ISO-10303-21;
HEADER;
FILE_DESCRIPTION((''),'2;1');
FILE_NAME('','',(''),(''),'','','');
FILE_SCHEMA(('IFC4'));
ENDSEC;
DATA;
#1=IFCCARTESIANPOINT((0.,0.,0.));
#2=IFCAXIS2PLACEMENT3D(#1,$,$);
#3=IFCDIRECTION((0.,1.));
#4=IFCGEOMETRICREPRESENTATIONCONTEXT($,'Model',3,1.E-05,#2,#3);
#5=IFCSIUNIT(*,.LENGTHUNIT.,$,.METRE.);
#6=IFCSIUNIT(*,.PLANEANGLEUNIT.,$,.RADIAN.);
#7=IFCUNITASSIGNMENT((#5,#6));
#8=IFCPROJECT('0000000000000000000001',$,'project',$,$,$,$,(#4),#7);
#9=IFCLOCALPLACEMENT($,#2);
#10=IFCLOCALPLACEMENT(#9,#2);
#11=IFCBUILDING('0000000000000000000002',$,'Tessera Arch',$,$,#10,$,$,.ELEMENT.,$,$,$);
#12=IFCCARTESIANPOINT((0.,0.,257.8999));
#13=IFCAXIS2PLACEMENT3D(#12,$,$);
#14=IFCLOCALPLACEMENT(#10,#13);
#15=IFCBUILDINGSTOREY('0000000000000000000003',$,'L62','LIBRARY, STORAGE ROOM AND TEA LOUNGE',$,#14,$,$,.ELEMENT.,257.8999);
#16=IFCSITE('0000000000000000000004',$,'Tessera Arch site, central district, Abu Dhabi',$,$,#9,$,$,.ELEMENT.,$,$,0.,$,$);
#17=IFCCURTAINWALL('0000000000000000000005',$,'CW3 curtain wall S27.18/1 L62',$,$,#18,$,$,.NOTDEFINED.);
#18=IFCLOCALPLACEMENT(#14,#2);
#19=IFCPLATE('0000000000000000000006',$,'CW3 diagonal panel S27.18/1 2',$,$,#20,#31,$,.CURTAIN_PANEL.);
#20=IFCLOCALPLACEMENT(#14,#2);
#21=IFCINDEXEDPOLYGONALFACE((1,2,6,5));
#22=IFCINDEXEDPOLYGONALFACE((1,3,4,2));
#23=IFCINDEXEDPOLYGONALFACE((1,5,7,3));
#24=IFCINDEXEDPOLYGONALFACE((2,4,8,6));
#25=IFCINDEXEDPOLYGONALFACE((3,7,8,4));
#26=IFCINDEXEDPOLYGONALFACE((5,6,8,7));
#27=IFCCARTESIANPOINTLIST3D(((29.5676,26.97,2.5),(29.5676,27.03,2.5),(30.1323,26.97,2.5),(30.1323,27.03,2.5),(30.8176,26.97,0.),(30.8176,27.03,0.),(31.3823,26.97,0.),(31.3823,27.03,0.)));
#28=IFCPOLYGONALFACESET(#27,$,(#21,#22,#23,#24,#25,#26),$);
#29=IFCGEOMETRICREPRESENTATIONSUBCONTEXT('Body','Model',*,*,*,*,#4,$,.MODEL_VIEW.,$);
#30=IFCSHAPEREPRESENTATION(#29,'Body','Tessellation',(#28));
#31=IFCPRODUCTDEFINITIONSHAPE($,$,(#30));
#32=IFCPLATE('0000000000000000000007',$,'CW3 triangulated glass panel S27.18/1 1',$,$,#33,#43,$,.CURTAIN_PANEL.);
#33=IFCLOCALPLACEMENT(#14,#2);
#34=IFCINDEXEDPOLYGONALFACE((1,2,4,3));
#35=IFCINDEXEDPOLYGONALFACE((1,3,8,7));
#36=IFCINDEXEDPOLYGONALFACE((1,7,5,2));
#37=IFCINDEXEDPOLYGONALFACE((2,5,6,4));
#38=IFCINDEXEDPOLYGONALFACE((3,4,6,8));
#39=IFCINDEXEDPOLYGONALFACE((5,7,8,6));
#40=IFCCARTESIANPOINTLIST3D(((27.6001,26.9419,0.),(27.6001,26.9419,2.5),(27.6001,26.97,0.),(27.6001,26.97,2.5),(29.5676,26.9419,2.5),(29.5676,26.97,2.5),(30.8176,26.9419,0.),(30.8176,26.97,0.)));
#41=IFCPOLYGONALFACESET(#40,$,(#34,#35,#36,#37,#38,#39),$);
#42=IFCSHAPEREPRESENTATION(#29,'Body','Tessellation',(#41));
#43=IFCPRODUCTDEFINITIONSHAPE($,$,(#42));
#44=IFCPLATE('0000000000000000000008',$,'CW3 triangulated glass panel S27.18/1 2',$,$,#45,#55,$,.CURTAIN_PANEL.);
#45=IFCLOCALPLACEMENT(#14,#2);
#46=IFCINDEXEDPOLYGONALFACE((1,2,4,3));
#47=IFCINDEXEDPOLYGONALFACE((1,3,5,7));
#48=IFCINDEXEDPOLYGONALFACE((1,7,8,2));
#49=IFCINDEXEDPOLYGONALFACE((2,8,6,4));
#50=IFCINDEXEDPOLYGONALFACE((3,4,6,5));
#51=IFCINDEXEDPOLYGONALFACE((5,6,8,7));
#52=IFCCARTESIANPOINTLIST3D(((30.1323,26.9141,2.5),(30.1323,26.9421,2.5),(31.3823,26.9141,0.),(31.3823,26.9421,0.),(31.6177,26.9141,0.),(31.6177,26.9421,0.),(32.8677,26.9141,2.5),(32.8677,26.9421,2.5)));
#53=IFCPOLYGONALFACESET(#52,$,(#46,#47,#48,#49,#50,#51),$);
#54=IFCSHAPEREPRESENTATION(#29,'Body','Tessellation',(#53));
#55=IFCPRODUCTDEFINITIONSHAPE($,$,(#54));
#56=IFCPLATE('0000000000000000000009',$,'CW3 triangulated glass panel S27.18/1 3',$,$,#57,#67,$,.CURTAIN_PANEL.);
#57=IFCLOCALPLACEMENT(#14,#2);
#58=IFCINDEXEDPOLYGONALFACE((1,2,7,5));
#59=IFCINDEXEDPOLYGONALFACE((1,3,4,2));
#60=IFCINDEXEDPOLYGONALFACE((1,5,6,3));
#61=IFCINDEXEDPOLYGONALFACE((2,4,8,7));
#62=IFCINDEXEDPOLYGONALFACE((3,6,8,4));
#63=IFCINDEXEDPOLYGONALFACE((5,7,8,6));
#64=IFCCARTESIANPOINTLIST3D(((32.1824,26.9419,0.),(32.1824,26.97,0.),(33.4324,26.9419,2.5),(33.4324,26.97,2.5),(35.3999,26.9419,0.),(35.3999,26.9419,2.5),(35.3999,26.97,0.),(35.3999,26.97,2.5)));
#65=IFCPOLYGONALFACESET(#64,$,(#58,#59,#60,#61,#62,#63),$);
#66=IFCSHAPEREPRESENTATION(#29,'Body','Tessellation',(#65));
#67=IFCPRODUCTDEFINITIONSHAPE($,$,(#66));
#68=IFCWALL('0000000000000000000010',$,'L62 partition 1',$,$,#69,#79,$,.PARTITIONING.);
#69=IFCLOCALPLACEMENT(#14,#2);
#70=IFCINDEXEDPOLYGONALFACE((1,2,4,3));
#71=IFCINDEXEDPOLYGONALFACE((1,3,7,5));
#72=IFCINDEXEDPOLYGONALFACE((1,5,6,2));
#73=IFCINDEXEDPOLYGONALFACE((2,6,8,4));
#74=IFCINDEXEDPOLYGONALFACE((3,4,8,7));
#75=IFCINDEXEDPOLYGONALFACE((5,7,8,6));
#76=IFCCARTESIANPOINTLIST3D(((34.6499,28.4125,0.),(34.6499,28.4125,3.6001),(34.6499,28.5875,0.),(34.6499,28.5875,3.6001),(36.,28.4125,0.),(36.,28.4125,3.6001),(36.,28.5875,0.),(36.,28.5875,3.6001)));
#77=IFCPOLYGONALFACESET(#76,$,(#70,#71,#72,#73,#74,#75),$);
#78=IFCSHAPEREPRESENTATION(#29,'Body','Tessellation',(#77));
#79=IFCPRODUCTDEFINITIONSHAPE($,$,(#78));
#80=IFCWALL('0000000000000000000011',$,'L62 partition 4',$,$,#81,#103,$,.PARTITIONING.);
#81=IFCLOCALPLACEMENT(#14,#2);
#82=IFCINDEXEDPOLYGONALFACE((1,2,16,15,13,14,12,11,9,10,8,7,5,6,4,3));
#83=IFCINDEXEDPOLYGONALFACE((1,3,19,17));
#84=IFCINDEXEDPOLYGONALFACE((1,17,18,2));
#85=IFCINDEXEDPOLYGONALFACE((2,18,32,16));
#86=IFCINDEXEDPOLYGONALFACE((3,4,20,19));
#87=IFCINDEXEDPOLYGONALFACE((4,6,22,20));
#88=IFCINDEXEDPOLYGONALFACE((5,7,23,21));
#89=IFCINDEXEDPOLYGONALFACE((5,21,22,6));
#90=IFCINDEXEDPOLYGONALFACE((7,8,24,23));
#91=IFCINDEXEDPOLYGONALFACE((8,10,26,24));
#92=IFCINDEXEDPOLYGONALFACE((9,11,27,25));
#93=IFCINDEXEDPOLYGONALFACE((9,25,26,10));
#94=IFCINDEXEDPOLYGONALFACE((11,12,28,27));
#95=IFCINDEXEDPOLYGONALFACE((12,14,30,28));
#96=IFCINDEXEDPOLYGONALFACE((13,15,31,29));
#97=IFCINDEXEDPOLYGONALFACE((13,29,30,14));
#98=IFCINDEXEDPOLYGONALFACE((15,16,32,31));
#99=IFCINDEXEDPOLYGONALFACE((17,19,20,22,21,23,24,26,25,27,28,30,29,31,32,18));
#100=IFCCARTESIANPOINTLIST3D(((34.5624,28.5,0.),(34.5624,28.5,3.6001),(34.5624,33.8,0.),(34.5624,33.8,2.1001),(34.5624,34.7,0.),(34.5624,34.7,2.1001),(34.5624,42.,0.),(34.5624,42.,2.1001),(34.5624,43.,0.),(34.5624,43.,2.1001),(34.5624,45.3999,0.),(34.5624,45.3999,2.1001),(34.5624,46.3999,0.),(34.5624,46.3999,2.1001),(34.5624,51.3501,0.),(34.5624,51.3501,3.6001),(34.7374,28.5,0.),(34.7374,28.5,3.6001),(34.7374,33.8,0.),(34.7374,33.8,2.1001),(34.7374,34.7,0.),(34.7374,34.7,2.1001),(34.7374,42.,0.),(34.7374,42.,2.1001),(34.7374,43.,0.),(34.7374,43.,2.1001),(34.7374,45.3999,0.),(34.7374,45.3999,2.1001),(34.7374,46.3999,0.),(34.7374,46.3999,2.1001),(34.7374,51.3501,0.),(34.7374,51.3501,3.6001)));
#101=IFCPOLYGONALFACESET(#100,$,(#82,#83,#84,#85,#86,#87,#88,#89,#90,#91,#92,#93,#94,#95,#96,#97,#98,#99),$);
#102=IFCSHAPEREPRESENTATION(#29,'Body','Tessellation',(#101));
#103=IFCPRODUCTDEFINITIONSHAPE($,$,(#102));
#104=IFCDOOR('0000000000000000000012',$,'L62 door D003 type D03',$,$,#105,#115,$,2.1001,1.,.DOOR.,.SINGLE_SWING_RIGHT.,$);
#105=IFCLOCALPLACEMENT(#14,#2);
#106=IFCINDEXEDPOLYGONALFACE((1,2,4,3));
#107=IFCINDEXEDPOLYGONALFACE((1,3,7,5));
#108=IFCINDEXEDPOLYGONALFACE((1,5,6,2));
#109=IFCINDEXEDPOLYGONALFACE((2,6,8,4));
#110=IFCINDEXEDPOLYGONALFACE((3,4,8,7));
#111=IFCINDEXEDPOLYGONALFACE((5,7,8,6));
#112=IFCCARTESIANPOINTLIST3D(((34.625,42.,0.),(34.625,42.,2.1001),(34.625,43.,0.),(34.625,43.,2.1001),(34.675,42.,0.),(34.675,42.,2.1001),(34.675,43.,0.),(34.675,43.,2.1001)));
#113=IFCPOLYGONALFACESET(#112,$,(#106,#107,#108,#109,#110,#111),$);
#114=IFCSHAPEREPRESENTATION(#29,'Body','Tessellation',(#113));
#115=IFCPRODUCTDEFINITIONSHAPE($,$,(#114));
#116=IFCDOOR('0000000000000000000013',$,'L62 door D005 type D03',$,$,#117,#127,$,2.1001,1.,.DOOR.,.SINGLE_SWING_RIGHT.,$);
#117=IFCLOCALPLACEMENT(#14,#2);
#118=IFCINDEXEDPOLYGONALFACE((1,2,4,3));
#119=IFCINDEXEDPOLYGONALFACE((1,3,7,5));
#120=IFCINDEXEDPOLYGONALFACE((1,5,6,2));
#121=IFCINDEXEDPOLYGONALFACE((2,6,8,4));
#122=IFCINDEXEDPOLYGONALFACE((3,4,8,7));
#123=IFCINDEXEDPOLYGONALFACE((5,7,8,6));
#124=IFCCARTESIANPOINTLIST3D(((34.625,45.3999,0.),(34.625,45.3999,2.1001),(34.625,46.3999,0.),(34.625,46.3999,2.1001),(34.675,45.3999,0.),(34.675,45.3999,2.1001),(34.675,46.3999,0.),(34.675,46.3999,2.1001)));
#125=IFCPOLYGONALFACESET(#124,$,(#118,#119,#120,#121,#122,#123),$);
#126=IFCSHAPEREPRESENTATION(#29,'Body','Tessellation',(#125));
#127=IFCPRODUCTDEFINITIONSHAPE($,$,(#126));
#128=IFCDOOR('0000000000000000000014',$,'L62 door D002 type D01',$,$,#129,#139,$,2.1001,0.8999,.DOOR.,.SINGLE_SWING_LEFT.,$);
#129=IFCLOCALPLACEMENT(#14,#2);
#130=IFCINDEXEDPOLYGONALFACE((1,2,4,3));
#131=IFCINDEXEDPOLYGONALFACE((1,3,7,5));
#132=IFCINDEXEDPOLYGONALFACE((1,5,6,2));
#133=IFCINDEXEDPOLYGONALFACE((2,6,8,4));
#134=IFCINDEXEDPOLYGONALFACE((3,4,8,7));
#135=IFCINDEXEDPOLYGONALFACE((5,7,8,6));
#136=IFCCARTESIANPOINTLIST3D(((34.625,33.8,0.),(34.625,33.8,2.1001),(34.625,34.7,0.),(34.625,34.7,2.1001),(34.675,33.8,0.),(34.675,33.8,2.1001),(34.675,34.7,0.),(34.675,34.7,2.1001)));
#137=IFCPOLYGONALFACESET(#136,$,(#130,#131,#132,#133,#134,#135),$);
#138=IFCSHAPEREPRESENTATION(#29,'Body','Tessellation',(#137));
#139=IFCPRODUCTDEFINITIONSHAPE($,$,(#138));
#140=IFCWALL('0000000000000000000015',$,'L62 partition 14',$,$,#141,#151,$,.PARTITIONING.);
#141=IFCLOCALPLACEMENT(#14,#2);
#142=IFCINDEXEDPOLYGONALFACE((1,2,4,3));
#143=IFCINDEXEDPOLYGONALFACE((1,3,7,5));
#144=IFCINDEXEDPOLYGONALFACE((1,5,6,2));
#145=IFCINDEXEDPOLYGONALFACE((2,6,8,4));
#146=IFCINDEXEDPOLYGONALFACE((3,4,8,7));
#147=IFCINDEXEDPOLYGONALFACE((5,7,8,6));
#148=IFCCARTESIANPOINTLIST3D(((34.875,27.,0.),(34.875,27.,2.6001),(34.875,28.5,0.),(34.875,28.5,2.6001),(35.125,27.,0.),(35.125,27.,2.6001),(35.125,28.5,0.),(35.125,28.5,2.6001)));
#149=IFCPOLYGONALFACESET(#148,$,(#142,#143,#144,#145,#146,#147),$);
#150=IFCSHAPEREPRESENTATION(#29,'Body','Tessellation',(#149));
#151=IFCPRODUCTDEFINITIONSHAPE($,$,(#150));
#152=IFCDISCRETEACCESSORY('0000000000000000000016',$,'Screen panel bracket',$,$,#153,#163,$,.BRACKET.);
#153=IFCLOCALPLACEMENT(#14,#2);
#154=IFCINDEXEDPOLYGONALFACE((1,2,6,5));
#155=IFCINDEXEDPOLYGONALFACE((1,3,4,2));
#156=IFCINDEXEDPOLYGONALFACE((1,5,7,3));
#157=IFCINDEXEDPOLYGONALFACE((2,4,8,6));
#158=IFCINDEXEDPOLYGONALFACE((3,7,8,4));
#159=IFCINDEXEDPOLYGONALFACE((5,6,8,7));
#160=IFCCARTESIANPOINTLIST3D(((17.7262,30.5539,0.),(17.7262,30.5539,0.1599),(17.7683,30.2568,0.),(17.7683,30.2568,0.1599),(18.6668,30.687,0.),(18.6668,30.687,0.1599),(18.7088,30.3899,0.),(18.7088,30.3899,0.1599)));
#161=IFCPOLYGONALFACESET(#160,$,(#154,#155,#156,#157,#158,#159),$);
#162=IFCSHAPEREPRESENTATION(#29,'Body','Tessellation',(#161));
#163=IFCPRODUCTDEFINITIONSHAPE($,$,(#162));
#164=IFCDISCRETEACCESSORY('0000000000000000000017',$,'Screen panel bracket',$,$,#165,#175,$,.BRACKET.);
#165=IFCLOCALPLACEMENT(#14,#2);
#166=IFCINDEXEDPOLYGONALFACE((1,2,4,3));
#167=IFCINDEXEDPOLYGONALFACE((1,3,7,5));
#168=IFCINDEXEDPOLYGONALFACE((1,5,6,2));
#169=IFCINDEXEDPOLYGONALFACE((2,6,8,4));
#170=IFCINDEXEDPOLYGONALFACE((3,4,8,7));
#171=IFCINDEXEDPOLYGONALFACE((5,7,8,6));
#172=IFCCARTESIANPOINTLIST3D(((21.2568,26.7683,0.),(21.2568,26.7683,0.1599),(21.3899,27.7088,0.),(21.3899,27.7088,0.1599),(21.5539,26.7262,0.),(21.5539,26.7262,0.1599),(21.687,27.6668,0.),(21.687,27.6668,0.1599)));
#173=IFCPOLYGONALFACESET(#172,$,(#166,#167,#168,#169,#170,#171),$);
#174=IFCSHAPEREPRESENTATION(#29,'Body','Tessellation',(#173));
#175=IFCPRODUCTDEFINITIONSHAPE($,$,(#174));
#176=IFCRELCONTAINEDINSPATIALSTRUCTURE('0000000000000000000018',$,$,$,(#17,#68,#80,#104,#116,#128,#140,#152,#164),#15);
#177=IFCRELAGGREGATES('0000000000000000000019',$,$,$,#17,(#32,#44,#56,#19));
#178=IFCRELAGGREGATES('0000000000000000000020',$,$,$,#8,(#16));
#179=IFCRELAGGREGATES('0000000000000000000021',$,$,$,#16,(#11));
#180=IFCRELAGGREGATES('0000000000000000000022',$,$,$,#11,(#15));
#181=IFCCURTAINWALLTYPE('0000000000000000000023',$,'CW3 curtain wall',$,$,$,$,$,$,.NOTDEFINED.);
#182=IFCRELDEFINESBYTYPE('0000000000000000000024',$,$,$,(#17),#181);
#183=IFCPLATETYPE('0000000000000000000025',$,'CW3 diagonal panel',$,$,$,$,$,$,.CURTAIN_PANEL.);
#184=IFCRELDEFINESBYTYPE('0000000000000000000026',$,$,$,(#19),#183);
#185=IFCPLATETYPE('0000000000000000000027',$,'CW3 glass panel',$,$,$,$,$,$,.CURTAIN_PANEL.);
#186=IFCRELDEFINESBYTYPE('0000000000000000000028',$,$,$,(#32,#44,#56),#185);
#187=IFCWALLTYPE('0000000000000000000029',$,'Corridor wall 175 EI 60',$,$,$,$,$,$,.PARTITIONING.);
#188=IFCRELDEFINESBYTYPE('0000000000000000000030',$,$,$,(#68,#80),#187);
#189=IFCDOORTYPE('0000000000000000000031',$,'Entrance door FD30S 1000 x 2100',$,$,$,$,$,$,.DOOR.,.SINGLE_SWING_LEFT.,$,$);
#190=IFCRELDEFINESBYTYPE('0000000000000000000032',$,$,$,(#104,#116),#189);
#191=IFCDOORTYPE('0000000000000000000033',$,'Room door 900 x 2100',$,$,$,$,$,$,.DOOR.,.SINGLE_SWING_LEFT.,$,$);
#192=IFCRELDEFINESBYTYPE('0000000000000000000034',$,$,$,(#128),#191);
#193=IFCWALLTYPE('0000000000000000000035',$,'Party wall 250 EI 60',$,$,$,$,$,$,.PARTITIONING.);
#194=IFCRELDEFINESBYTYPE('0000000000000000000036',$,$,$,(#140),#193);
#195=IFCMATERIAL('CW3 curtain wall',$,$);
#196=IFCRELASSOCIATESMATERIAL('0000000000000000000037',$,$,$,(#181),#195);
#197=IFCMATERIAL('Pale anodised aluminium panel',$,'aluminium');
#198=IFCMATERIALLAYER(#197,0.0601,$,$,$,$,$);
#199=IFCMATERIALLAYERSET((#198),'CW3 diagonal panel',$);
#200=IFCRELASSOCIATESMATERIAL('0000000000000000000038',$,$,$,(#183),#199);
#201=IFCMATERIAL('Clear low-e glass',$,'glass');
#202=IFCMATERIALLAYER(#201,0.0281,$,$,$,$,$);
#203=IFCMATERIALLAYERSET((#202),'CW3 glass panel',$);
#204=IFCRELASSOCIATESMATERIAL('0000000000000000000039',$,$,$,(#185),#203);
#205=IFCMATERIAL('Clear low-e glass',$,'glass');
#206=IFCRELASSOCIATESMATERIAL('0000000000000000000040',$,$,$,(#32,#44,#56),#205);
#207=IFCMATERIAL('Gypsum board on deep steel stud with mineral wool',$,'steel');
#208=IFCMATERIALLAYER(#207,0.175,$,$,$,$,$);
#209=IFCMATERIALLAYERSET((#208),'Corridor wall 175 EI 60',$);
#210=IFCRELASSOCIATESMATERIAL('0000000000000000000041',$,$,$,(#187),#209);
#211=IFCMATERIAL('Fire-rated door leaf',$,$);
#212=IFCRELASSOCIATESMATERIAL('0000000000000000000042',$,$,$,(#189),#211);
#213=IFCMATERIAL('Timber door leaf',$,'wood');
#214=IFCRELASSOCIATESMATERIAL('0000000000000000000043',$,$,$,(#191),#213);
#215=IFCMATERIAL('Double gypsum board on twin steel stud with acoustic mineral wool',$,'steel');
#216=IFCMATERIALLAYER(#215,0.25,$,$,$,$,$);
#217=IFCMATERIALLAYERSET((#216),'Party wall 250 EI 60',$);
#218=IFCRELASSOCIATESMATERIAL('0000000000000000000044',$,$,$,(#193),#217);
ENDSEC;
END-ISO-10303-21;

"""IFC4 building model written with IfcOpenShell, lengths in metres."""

from ifc_helpers import new_model, si_unit, direction, frame, frame_2d, origin, origin_2d, place, context, subcontext, project, spatial, polyline, rectangle, outline, extrude, material, layer, layer_set, type_object, element, fill, aggregate, save


model = new_model("IFC4")

# Units and contexts
model_context = context("Model", 3, precision=1e-05, world=origin(), true_north=direction((0.0, 1.0)))
body_context = subcontext(model_context, "Body", "Model", "MODEL_VIEW")
ifc_project = project(units=[si_unit("LENGTHUNIT", "METRE"), si_unit("PLANEANGLEUNIT", "RADIAN")], contexts=[model_context])

# Site, building, storey
site_placement = place(None, origin())
site = spatial("IfcSite", under=ifc_project, at=site_placement, Name="Tessera Arch site, central district, Abu Dhabi", CompositionType="ELEMENT", RefElevation=0.0)
building_placement = place(site_placement, origin())
building = spatial("IfcBuilding", under=site, at=building_placement, Name="Tessera Arch", CompositionType="ELEMENT")
storey_placement = place(building_placement, frame((0.0, 0.0, 257.8999)))
storey = spatial("IfcBuildingStorey", under=building, at=storey_placement, Name="L62", Description="LIBRARY, STORAGE ROOM AND TEA LOUNGE", CompositionType="ELEMENT", Elevation=257.8999)

# Curtain wall
ifc_material_1 = material(Name="CW3 curtain wall")
curtain_wall_type_1 = type_object("IfcCurtainWallType", Name="CW3 curtain wall", PredefinedType="NOTDEFINED", material=ifc_material_1)
curtain_wall_1_placement = place(storey_placement, origin())
curtain_wall_1 = element("IfcCurtainWall", 1, at=curtain_wall_1_placement, inside=storey, type_object=curtain_wall_type_1, Name="CW3 curtain wall S27.18/1 L62", PredefinedType="NOTDEFINED")

# Plates
ifc_material_2 = material(Name="Clear low-e glass", Category="glass")
ifc_material_3 = material(Name="Pale anodised aluminium panel", Category="aluminium")
ifc_layer_1 = layer(ifc_material_3, 0.0601)
ifc_layer_set_1 = layer_set([ifc_layer_1], Name="CW3 diagonal panel")
plate_type_1 = type_object("IfcPlateType", Name="CW3 diagonal panel", PredefinedType="CURTAIN_PANEL", material=ifc_layer_set_1)
plate_1_placement = place(storey_placement, frame((30.1323, 26.97, 2.5), z_axis=(0.0, -1.0, 0.0), x_axis=(-1.0, 0.0, 0.0)))
plate_1 = element("IfcPlate", 2, at=plate_1_placement, type_object=plate_type_1, Name="CW3 diagonal panel S27.18/1 2", PredefinedType="CURTAIN_PANEL", context=body_context, shape_type="SweptSolid", body=[
    extrude(outline(polyline([(0.0, 0.0), (0.5647, 0.0), (-0.6853, 2.5), (-1.25, 2.5), (0.0, 0.0)])), origin(), (0.0, 0.0, -1.0), 0.0601),
])
ifc_material_4 = material(Name="Clear low-e glass", Category="glass")
ifc_layer_2 = layer(ifc_material_4, 0.0281)
ifc_layer_set_2 = layer_set([ifc_layer_2], Name="CW3 glass panel")
plate_type_2 = type_object("IfcPlateType", Name="CW3 glass panel", PredefinedType="CURTAIN_PANEL", material=ifc_layer_set_2)
plate_2_placement = place(storey_placement, frame((27.6001, 26.9419, 0.0), z_axis=(0.0, -1.0, 0.0), x_axis=(1.0, 0.0, 0.0)))
plate_2 = element("IfcPlate", 3, at=plate_2_placement, type_object=plate_type_2, material=ifc_material_2, Name="CW3 triangulated glass panel S27.18/1 1", PredefinedType="CURTAIN_PANEL", context=body_context, shape_type="SweptSolid", body=[
    extrude(outline(polyline([(0.0, 0.0), (3.2175, 0.0), (1.9675, 2.5), (0.0, 2.5), (0.0, 0.0)])), origin(), (0.0, 0.0, -1.0), 0.0281),
])
plate_3_placement = place(storey_placement, frame((32.8677, 26.9141, 2.5), z_axis=(0.0, -1.0, 0.0), x_axis=(-1.0, 0.0, 0.0)))
plate_3 = element("IfcPlate", 4, at=plate_3_placement, type_object=plate_type_2, material=ifc_material_2, Name="CW3 triangulated glass panel S27.18/1 2", PredefinedType="CURTAIN_PANEL", context=body_context, shape_type="SweptSolid", body=[
    extrude(outline(polyline([(0.0, 0.0), (2.7354, 0.0), (1.4854, 2.5), (1.25, 2.5), (0.0, 0.0)])), origin(), (0.0, 0.0, -1.0), 0.0281),
])
plate_4_placement = place(storey_placement, frame((35.3999, 26.9419, 2.5), z_axis=(0.0, -1.0, 0.0), x_axis=(-1.0, 0.0, 0.0)))
plate_4 = element("IfcPlate", 5, at=plate_4_placement, type_object=plate_type_2, material=ifc_material_2, Name="CW3 triangulated glass panel S27.18/1 3", PredefinedType="CURTAIN_PANEL", context=body_context, shape_type="SweptSolid", body=[
    extrude(outline(polyline([(0.0, 0.0), (1.9675, 0.0), (3.2175, 2.5), (0.0, 2.5), (0.0, 0.0)])), origin(), (0.0, 0.0, -1.0), 0.0281),
])
aggregate(curtain_wall_1, [plate_2, plate_3, plate_4, plate_1])

# Wall
ifc_material_5 = material(Name="Gypsum board on deep steel stud with mineral wool", Category="steel")
ifc_layer_3 = layer(ifc_material_5, 0.175)
ifc_layer_set_3 = layer_set([ifc_layer_3], Name="Corridor wall 175 EI 60")
wall_type_1 = type_object("IfcWallType", Name="Corridor wall 175 EI 60", PredefinedType="PARTITIONING", material=ifc_layer_set_3)
wall_1_placement = place(storey_placement, frame((34.6499, 28.5, 0.0), z_axis=(0.0, 0.0, 1.0), x_axis=(1.0, 0.0, 0.0)))
element("IfcWall", 6, at=wall_1_placement, inside=storey, type_object=wall_type_1, Name="L62 partition 1", PredefinedType="PARTITIONING", context=body_context, shape_type="SweptSolid", body=[
    extrude(rectangle(XDim=1.3501, YDim=0.175, at=frame_2d((0.675, 0.0))), origin(), (0.0, 0.0, 1.0), 3.6001),
])

# Wall, openings, doors
wall_2_placement = place(storey_placement, frame((34.6499, 28.5, 0.0), z_axis=(0.0, 0.0, 1.0), x_axis=(0.0, 1.0, 0.0)))
wall_2 = element("IfcWall", 7, at=wall_2_placement, inside=storey, type_object=wall_type_1, Name="L62 partition 4", PredefinedType="PARTITIONING", context=body_context, shape_type="SweptSolid", body=[
    extrude(rectangle(XDim=22.8501, YDim=0.175, at=frame_2d((11.425, 0.0))), origin(), (0.0, 0.0, 1.0), 3.6001),
])
opening_1_placement = place(wall_2_placement, frame((5.3, 0.0, 0.0)))
opening_1 = element("IfcOpeningElement", 8, at=opening_1_placement, cuts=wall_2, PredefinedType="OPENING", context=body_context, shape_type="SweptSolid", body=[
    extrude(rectangle(XDim=0.8999, YDim=2.1001, at=frame_2d((0.45, 1.05))), frame((0.0, 0.0974, 0.0), z_axis=(0.0, -1.0, 0.0), x_axis=(1.0, 0.0, 0.0)), (0.0, 0.0, 1.0), 0.1951),
])
opening_2_placement = place(wall_2_placement, frame((13.5, 0.0, 0.0)))
opening_2 = element("IfcOpeningElement", 9, at=opening_2_placement, cuts=wall_2, PredefinedType="OPENING", context=body_context, shape_type="SweptSolid", body=[
    extrude(rectangle(XDim=1.0, YDim=2.1001, at=frame_2d((0.5, 1.05))), frame((0.0, 0.0974, 0.0), z_axis=(0.0, -1.0, 0.0), x_axis=(1.0, 0.0, 0.0)), (0.0, 0.0, 1.0), 0.1951),
])
opening_3_placement = place(wall_2_placement, frame((16.8999, 0.0, 0.0)))
opening_3 = element("IfcOpeningElement", 10, at=opening_3_placement, cuts=wall_2, PredefinedType="OPENING", context=body_context, shape_type="SweptSolid", body=[
    extrude(rectangle(XDim=1.0, YDim=2.1001, at=frame_2d((0.5, 1.05))), frame((0.0, 0.0974, 0.0), z_axis=(0.0, -1.0, 0.0), x_axis=(1.0, 0.0, 0.0)), (0.0, 0.0, 1.0), 0.1951),
])
ifc_material_6 = material(Name="Fire-rated door leaf")
door_type_1 = type_object("IfcDoorType", Name="Entrance door FD30S 1000 x 2100", OperationType="SINGLE_SWING_LEFT", PredefinedType="DOOR", material=ifc_material_6)
door_1_placement = place(opening_2_placement, origin())
door_1 = element("IfcDoor", 11, at=door_1_placement, inside=storey, type_object=door_type_1, Name="L62 door D003 type D03", OperationType="SINGLE_SWING_RIGHT", OverallHeight=2.1001, OverallWidth=1.0, PredefinedType="DOOR", context=body_context, shape_type="SweptSolid", body=[
    extrude(rectangle(XDim=1.0, YDim=2.1001, at=frame_2d((0.5, 1.05))), frame((0.0, 0.0249, 0.0), z_axis=(0.0, -1.0, 0.0), x_axis=(1.0, 0.0, 0.0)), (0.0, 0.0, 1.0), 0.05),
])
fill(opening_2, door_1)
door_2_placement = place(opening_3_placement, origin())
door_2 = element("IfcDoor", 12, at=door_2_placement, inside=storey, type_object=door_type_1, Name="L62 door D005 type D03", OperationType="SINGLE_SWING_RIGHT", OverallHeight=2.1001, OverallWidth=1.0, PredefinedType="DOOR", context=body_context, shape_type="SweptSolid", body=[
    extrude(rectangle(XDim=1.0, YDim=2.1001, at=frame_2d((0.5, 1.05))), frame((0.0, 0.0249, 0.0), z_axis=(0.0, -1.0, 0.0), x_axis=(1.0, 0.0, 0.0)), (0.0, 0.0, 1.0), 0.05),
])
fill(opening_3, door_2)
ifc_material_7 = material(Name="Timber door leaf", Category="wood")
door_type_2 = type_object("IfcDoorType", Name="Room door 900 x 2100", OperationType="SINGLE_SWING_LEFT", PredefinedType="DOOR", material=ifc_material_7)
door_3_placement = place(opening_1_placement, origin())
door_3 = element("IfcDoor", 13, at=door_3_placement, inside=storey, type_object=door_type_2, Name="L62 door D002 type D01", OperationType="SINGLE_SWING_LEFT", OverallHeight=2.1001, OverallWidth=0.8999, PredefinedType="DOOR", context=body_context, shape_type="SweptSolid", body=[
    extrude(rectangle(XDim=0.8999, YDim=2.1001, at=frame_2d((0.45, 1.05))), frame((0.0, 0.0249, 0.0), z_axis=(0.0, -1.0, 0.0), x_axis=(1.0, 0.0, 0.0)), (0.0, 0.0, 1.0), 0.05),
])
fill(opening_1, door_3)

# Wall
ifc_material_8 = material(Name="Double gypsum board on twin steel stud with acoustic mineral wool", Category="steel")
ifc_layer_4 = layer(ifc_material_8, 0.25)
ifc_layer_set_4 = layer_set([ifc_layer_4], Name="Party wall 250 EI 60")
wall_type_2 = type_object("IfcWallType", Name="Party wall 250 EI 60", PredefinedType="PARTITIONING", material=ifc_layer_set_4)
wall_3_placement = place(storey_placement, frame((35.0, 27.0, 0.0), z_axis=(0.0, 0.0, 1.0), x_axis=(0.0, 1.0, 0.0)))
element("IfcWall", 14, at=wall_3_placement, inside=storey, type_object=wall_type_2, Name="L62 partition 14", PredefinedType="PARTITIONING", context=body_context, shape_type="SweptSolid", body=[
    extrude(rectangle(XDim=1.5, YDim=0.25, at=frame_2d((0.75, 0.0))), origin(), (0.0, 0.0, 1.0), 2.6001),
])

# Discrete accessories
for number, where, z_axis, x_axis, name in (
    (15, (18.2175, 30.4719, 0.0), (0.0, 0.0, 1.0), (-0.990139, -0.140089, 0.0), "Screen panel bracket"),
    (16, (21.4719, 27.2175, 0.0), (0.0, 0.0, 1.0), (-0.140089, -0.990139, 0.0), "Screen panel bracket"),
):
    element("IfcDiscreteAccessory", number, at=place(storey_placement, frame(where, z_axis=z_axis, x_axis=x_axis)), inside=storey, Name=name, PredefinedType="BRACKET", context=body_context, shape_type="SweptSolid", body=[
        extrude(rectangle(XDim=0.95, YDim=0.3, at=origin_2d()), origin(), (0.0, 0.0, 1.0), 0.1599),
    ])

save(model, "model.ifc")
